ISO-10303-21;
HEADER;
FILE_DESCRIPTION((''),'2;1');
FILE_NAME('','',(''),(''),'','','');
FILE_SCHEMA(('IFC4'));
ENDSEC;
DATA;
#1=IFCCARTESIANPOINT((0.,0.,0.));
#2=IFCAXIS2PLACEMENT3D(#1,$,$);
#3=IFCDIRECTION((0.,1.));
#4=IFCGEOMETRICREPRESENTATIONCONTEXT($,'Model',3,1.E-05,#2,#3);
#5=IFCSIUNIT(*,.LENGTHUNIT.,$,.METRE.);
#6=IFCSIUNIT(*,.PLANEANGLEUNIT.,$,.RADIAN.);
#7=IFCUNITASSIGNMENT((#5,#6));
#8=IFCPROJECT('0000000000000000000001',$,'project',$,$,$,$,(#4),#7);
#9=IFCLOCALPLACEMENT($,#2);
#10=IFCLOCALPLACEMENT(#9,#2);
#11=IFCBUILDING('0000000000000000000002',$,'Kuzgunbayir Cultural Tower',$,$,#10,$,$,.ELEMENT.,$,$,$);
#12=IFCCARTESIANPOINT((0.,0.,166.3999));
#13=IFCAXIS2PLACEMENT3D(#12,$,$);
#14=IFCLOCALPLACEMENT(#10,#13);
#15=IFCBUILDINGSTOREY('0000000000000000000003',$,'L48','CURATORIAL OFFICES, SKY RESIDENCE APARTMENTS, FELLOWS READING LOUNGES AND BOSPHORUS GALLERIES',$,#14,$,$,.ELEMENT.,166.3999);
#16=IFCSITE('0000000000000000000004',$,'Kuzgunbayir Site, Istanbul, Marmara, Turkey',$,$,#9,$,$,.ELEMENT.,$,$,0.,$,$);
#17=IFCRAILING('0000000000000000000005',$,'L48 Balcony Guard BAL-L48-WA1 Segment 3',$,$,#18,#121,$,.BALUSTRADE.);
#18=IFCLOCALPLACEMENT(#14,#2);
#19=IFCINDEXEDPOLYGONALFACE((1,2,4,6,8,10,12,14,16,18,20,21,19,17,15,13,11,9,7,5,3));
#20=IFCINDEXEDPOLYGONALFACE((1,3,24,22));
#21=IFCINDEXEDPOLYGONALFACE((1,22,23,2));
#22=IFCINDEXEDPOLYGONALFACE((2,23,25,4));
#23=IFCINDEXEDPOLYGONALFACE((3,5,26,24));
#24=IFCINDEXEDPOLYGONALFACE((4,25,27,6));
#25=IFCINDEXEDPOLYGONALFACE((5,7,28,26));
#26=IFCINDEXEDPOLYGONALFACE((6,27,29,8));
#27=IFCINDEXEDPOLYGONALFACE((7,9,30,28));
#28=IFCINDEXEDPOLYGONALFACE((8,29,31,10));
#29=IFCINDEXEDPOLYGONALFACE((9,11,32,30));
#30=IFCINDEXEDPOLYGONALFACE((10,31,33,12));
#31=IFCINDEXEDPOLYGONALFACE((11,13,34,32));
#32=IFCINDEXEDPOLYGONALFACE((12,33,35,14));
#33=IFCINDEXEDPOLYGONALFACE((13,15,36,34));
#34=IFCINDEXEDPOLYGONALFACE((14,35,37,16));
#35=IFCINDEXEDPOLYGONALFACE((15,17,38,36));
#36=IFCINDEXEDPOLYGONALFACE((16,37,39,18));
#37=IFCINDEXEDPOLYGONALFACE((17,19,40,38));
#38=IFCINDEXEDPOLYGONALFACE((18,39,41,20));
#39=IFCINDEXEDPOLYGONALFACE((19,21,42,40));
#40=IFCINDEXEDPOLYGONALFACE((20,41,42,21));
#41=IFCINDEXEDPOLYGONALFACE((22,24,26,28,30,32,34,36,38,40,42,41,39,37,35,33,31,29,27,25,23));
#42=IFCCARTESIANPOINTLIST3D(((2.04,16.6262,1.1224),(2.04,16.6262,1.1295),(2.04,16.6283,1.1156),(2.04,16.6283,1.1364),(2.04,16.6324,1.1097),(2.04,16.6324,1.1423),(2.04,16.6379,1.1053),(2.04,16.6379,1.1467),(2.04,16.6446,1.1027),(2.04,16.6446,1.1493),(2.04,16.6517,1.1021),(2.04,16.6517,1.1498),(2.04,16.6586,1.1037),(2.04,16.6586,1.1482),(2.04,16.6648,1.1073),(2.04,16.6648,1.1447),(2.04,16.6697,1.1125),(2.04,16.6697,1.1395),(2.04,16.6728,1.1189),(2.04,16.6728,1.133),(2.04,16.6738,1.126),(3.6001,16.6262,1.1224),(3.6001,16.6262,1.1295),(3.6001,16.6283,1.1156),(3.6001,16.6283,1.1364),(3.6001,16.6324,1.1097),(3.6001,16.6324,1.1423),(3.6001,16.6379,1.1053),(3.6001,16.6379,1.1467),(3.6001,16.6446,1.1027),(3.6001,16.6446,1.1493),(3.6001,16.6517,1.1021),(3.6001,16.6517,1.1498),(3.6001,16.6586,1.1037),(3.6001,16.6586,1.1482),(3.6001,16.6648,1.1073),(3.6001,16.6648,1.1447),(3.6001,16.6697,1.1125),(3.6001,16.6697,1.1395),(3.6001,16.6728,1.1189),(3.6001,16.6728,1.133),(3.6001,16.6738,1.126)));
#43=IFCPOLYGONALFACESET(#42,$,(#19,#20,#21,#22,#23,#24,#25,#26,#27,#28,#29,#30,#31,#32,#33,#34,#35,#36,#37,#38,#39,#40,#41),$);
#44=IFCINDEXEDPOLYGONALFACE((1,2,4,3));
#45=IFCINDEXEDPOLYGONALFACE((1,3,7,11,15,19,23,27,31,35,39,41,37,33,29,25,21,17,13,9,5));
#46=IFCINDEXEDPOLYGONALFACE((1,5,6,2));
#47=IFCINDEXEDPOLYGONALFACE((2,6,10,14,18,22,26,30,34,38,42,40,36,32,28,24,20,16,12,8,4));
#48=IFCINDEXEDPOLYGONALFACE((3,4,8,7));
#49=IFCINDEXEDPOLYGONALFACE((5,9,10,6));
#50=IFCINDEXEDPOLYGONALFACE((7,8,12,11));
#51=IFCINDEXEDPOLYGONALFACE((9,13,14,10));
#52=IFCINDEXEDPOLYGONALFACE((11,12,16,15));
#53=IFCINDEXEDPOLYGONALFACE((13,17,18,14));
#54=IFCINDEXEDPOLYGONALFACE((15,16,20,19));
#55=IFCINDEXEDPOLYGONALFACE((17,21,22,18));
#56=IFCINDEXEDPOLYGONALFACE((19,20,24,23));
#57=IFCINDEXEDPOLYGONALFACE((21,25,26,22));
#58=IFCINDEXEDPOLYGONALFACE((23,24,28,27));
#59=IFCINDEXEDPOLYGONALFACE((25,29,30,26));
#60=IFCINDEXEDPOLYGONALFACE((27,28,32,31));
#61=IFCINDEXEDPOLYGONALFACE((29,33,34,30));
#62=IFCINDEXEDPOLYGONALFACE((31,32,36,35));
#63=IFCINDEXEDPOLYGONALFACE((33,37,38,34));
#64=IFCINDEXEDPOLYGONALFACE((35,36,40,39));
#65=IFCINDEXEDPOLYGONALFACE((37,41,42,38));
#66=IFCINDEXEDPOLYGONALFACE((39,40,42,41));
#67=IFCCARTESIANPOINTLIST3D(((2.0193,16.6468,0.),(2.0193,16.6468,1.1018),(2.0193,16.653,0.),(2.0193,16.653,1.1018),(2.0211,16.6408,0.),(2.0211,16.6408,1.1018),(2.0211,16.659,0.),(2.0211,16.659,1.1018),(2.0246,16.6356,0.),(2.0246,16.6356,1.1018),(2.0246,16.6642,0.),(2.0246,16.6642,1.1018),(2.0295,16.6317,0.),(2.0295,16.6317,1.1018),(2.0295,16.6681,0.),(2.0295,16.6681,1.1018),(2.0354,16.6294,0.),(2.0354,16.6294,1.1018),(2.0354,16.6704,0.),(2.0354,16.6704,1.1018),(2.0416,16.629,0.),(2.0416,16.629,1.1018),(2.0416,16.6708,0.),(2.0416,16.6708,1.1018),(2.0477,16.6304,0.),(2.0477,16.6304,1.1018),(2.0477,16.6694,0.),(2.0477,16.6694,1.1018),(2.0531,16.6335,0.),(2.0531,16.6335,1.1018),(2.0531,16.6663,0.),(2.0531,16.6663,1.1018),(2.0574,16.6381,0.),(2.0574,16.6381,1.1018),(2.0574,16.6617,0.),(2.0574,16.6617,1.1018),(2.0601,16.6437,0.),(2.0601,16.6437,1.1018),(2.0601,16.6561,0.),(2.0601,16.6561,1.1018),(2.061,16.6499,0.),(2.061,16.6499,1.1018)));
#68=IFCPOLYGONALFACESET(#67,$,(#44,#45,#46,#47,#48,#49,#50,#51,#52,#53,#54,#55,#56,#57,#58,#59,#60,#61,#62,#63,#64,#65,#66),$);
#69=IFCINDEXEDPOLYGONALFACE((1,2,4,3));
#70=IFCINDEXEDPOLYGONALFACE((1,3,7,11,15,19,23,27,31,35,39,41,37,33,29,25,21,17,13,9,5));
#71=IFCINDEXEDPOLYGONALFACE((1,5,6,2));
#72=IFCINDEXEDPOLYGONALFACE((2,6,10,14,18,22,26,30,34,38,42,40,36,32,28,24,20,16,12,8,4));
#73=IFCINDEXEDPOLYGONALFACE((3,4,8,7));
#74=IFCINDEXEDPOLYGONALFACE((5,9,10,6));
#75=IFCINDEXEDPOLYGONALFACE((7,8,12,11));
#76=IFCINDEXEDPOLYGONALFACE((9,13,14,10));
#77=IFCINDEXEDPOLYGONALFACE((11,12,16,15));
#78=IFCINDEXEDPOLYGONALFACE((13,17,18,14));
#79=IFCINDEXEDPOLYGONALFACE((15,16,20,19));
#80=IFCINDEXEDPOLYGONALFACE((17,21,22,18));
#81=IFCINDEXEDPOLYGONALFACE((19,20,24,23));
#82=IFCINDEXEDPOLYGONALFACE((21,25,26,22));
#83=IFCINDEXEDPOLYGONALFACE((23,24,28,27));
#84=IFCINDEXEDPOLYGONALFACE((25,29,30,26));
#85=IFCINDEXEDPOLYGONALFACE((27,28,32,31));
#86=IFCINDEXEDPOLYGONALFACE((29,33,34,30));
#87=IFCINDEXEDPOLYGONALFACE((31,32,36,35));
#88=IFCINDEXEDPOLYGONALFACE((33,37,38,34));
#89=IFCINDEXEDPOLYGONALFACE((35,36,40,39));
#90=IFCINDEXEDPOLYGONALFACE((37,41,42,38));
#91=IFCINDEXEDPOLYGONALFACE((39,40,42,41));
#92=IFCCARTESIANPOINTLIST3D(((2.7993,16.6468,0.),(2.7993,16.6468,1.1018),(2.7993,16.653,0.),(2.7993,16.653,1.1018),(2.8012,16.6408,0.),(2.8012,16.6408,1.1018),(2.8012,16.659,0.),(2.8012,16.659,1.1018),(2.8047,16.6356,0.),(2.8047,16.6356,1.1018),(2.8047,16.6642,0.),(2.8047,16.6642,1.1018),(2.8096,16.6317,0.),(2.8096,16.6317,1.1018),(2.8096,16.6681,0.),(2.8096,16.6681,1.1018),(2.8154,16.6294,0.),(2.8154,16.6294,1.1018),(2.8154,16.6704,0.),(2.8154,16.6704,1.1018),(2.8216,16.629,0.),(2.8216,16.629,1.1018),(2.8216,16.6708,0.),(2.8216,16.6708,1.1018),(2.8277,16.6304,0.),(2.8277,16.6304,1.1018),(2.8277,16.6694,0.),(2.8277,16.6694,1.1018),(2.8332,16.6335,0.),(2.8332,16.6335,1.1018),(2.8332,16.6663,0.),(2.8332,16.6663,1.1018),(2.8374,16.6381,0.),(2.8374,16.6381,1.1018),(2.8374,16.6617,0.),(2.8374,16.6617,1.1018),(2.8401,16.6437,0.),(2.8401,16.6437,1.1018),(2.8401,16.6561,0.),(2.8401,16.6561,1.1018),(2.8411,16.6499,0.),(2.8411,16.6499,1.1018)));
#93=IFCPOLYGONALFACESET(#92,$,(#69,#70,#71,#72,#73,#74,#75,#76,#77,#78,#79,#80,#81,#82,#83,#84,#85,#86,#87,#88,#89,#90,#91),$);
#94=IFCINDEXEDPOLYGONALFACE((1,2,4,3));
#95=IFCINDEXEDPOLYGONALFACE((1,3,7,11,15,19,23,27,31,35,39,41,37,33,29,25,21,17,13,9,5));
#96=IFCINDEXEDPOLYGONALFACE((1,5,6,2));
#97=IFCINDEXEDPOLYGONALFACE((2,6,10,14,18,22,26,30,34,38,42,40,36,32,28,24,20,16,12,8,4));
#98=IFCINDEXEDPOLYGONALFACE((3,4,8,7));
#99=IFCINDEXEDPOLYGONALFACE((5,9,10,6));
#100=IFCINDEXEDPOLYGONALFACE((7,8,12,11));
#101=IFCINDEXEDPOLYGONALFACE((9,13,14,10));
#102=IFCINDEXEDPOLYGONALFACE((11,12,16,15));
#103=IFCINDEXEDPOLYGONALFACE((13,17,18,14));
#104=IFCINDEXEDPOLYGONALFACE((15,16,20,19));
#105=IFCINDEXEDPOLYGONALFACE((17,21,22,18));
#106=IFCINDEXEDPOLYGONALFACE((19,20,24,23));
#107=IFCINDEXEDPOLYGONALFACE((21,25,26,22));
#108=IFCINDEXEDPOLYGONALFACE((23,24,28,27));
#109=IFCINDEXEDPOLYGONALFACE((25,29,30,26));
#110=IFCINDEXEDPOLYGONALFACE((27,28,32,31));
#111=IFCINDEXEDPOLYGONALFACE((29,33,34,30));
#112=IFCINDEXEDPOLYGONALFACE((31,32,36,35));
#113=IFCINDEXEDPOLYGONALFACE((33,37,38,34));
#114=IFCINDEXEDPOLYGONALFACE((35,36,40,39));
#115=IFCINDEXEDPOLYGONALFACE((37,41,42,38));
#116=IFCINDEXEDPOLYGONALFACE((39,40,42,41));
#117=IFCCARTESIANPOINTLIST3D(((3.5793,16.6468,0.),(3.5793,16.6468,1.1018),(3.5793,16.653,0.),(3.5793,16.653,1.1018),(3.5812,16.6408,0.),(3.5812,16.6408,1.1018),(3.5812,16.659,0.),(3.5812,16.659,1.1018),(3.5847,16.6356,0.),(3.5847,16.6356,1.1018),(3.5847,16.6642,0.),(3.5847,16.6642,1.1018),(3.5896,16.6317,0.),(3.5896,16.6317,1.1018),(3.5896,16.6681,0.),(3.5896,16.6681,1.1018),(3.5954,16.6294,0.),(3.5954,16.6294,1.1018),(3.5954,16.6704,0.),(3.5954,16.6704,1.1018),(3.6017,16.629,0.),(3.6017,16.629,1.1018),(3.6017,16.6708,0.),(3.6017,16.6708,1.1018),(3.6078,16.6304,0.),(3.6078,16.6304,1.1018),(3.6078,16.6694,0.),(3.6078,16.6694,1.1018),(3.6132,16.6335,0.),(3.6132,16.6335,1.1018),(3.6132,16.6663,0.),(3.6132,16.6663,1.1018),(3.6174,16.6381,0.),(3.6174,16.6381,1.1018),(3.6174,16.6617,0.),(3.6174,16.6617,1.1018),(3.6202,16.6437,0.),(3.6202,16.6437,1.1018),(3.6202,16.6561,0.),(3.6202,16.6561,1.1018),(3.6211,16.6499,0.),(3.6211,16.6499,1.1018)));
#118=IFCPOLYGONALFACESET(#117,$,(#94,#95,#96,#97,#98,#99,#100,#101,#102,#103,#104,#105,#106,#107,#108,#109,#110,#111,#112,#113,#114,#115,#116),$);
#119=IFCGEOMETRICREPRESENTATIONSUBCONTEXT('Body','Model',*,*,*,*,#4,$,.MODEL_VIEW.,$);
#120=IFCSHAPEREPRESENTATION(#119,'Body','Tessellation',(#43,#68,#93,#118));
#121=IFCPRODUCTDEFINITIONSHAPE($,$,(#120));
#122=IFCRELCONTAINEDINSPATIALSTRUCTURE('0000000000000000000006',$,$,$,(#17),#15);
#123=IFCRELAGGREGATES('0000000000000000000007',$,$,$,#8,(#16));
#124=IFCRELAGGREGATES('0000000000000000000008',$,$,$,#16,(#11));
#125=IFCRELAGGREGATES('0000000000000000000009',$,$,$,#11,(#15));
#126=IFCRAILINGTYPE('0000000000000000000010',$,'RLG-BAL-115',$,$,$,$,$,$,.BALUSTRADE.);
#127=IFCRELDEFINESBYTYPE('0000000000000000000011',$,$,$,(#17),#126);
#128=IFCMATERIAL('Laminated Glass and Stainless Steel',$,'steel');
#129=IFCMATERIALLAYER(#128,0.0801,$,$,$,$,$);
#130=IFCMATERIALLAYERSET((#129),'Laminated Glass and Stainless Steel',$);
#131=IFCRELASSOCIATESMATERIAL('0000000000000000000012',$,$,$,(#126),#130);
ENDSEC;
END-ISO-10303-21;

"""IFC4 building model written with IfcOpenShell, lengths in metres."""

from ifc_helpers import new_model, si_unit, direction, frame, origin, origin_2d, place, context, subcontext, project, spatial, circle, extrude, material, layer, layer_set, type_object, element, save


model = new_model("IFC4")

# Units and contexts
model_context = context("Model", 3, precision=1e-05, world=origin(), true_north=direction((0.0, 1.0)))
body_context = subcontext(model_context, "Body", "Model", "MODEL_VIEW")
ifc_project = project(units=[si_unit("LENGTHUNIT", "METRE"), si_unit("PLANEANGLEUNIT", "RADIAN")], contexts=[model_context])

# Site, building, storey
site_placement = place(None, origin())
site = spatial("IfcSite", under=ifc_project, at=site_placement, Name="Kuzgunbayir Site, Istanbul, Marmara, Turkey", CompositionType="ELEMENT", RefElevation=0.0)
building_placement = place(site_placement, origin())
building = spatial("IfcBuilding", under=site, at=building_placement, Name="Kuzgunbayir Cultural Tower", CompositionType="ELEMENT")
storey_placement = place(building_placement, frame((0.0, 0.0, 166.3999)))
storey = spatial("IfcBuildingStorey", under=building, at=storey_placement, Name="L48", Description="CURATORIAL OFFICES, SKY RESIDENCE APARTMENTS, FELLOWS READING LOUNGES AND BOSPHORUS GALLERIES", CompositionType="ELEMENT", Elevation=166.3999)

# Railing
ifc_material_1 = material(Name="Laminated Glass and Stainless Steel", Category="steel")
ifc_layer_1 = layer(ifc_material_1, 0.0801)
ifc_layer_set_1 = layer_set([ifc_layer_1], Name="Laminated Glass and Stainless Steel")
railing_type = type_object("IfcRailingType", Name="RLG-BAL-115", PredefinedType="BALUSTRADE", material=ifc_layer_set_1)
railing_1_placement = place(storey_placement, frame((2.04, 16.6499, 0.0)))
element("IfcRailing", 1, at=railing_1_placement, inside=storey, type_object=railing_type, Name="L48 Balcony Guard BAL-L48-WA1 Segment 3", PredefinedType="BALUSTRADE", context=body_context, shape_type="SweptSolid", body=[
    extrude(circle(Radius=0.0239, at=origin_2d()), frame((0.0, 0.0, 1.126), z_axis=(1.0, 0.0, 0.0), x_axis=(0.0, 1.0, 0.0)), (0.0, 0.0, 1.0), 1.5601),
    extrude(circle(Radius=0.021, at=origin_2d()), origin(), (0.0, 0.0, 1.0), 1.1018),
    extrude(circle(Radius=0.021, at=origin_2d()), frame((0.78, 0.0, 0.0)), (0.0, 0.0, 1.0), 1.1018),
    extrude(circle(Radius=0.021, at=origin_2d()), frame((1.5601, 0.0, 0.0)), (0.0, 0.0, 1.0), 1.1018),
])

save(model, "model.ifc")
